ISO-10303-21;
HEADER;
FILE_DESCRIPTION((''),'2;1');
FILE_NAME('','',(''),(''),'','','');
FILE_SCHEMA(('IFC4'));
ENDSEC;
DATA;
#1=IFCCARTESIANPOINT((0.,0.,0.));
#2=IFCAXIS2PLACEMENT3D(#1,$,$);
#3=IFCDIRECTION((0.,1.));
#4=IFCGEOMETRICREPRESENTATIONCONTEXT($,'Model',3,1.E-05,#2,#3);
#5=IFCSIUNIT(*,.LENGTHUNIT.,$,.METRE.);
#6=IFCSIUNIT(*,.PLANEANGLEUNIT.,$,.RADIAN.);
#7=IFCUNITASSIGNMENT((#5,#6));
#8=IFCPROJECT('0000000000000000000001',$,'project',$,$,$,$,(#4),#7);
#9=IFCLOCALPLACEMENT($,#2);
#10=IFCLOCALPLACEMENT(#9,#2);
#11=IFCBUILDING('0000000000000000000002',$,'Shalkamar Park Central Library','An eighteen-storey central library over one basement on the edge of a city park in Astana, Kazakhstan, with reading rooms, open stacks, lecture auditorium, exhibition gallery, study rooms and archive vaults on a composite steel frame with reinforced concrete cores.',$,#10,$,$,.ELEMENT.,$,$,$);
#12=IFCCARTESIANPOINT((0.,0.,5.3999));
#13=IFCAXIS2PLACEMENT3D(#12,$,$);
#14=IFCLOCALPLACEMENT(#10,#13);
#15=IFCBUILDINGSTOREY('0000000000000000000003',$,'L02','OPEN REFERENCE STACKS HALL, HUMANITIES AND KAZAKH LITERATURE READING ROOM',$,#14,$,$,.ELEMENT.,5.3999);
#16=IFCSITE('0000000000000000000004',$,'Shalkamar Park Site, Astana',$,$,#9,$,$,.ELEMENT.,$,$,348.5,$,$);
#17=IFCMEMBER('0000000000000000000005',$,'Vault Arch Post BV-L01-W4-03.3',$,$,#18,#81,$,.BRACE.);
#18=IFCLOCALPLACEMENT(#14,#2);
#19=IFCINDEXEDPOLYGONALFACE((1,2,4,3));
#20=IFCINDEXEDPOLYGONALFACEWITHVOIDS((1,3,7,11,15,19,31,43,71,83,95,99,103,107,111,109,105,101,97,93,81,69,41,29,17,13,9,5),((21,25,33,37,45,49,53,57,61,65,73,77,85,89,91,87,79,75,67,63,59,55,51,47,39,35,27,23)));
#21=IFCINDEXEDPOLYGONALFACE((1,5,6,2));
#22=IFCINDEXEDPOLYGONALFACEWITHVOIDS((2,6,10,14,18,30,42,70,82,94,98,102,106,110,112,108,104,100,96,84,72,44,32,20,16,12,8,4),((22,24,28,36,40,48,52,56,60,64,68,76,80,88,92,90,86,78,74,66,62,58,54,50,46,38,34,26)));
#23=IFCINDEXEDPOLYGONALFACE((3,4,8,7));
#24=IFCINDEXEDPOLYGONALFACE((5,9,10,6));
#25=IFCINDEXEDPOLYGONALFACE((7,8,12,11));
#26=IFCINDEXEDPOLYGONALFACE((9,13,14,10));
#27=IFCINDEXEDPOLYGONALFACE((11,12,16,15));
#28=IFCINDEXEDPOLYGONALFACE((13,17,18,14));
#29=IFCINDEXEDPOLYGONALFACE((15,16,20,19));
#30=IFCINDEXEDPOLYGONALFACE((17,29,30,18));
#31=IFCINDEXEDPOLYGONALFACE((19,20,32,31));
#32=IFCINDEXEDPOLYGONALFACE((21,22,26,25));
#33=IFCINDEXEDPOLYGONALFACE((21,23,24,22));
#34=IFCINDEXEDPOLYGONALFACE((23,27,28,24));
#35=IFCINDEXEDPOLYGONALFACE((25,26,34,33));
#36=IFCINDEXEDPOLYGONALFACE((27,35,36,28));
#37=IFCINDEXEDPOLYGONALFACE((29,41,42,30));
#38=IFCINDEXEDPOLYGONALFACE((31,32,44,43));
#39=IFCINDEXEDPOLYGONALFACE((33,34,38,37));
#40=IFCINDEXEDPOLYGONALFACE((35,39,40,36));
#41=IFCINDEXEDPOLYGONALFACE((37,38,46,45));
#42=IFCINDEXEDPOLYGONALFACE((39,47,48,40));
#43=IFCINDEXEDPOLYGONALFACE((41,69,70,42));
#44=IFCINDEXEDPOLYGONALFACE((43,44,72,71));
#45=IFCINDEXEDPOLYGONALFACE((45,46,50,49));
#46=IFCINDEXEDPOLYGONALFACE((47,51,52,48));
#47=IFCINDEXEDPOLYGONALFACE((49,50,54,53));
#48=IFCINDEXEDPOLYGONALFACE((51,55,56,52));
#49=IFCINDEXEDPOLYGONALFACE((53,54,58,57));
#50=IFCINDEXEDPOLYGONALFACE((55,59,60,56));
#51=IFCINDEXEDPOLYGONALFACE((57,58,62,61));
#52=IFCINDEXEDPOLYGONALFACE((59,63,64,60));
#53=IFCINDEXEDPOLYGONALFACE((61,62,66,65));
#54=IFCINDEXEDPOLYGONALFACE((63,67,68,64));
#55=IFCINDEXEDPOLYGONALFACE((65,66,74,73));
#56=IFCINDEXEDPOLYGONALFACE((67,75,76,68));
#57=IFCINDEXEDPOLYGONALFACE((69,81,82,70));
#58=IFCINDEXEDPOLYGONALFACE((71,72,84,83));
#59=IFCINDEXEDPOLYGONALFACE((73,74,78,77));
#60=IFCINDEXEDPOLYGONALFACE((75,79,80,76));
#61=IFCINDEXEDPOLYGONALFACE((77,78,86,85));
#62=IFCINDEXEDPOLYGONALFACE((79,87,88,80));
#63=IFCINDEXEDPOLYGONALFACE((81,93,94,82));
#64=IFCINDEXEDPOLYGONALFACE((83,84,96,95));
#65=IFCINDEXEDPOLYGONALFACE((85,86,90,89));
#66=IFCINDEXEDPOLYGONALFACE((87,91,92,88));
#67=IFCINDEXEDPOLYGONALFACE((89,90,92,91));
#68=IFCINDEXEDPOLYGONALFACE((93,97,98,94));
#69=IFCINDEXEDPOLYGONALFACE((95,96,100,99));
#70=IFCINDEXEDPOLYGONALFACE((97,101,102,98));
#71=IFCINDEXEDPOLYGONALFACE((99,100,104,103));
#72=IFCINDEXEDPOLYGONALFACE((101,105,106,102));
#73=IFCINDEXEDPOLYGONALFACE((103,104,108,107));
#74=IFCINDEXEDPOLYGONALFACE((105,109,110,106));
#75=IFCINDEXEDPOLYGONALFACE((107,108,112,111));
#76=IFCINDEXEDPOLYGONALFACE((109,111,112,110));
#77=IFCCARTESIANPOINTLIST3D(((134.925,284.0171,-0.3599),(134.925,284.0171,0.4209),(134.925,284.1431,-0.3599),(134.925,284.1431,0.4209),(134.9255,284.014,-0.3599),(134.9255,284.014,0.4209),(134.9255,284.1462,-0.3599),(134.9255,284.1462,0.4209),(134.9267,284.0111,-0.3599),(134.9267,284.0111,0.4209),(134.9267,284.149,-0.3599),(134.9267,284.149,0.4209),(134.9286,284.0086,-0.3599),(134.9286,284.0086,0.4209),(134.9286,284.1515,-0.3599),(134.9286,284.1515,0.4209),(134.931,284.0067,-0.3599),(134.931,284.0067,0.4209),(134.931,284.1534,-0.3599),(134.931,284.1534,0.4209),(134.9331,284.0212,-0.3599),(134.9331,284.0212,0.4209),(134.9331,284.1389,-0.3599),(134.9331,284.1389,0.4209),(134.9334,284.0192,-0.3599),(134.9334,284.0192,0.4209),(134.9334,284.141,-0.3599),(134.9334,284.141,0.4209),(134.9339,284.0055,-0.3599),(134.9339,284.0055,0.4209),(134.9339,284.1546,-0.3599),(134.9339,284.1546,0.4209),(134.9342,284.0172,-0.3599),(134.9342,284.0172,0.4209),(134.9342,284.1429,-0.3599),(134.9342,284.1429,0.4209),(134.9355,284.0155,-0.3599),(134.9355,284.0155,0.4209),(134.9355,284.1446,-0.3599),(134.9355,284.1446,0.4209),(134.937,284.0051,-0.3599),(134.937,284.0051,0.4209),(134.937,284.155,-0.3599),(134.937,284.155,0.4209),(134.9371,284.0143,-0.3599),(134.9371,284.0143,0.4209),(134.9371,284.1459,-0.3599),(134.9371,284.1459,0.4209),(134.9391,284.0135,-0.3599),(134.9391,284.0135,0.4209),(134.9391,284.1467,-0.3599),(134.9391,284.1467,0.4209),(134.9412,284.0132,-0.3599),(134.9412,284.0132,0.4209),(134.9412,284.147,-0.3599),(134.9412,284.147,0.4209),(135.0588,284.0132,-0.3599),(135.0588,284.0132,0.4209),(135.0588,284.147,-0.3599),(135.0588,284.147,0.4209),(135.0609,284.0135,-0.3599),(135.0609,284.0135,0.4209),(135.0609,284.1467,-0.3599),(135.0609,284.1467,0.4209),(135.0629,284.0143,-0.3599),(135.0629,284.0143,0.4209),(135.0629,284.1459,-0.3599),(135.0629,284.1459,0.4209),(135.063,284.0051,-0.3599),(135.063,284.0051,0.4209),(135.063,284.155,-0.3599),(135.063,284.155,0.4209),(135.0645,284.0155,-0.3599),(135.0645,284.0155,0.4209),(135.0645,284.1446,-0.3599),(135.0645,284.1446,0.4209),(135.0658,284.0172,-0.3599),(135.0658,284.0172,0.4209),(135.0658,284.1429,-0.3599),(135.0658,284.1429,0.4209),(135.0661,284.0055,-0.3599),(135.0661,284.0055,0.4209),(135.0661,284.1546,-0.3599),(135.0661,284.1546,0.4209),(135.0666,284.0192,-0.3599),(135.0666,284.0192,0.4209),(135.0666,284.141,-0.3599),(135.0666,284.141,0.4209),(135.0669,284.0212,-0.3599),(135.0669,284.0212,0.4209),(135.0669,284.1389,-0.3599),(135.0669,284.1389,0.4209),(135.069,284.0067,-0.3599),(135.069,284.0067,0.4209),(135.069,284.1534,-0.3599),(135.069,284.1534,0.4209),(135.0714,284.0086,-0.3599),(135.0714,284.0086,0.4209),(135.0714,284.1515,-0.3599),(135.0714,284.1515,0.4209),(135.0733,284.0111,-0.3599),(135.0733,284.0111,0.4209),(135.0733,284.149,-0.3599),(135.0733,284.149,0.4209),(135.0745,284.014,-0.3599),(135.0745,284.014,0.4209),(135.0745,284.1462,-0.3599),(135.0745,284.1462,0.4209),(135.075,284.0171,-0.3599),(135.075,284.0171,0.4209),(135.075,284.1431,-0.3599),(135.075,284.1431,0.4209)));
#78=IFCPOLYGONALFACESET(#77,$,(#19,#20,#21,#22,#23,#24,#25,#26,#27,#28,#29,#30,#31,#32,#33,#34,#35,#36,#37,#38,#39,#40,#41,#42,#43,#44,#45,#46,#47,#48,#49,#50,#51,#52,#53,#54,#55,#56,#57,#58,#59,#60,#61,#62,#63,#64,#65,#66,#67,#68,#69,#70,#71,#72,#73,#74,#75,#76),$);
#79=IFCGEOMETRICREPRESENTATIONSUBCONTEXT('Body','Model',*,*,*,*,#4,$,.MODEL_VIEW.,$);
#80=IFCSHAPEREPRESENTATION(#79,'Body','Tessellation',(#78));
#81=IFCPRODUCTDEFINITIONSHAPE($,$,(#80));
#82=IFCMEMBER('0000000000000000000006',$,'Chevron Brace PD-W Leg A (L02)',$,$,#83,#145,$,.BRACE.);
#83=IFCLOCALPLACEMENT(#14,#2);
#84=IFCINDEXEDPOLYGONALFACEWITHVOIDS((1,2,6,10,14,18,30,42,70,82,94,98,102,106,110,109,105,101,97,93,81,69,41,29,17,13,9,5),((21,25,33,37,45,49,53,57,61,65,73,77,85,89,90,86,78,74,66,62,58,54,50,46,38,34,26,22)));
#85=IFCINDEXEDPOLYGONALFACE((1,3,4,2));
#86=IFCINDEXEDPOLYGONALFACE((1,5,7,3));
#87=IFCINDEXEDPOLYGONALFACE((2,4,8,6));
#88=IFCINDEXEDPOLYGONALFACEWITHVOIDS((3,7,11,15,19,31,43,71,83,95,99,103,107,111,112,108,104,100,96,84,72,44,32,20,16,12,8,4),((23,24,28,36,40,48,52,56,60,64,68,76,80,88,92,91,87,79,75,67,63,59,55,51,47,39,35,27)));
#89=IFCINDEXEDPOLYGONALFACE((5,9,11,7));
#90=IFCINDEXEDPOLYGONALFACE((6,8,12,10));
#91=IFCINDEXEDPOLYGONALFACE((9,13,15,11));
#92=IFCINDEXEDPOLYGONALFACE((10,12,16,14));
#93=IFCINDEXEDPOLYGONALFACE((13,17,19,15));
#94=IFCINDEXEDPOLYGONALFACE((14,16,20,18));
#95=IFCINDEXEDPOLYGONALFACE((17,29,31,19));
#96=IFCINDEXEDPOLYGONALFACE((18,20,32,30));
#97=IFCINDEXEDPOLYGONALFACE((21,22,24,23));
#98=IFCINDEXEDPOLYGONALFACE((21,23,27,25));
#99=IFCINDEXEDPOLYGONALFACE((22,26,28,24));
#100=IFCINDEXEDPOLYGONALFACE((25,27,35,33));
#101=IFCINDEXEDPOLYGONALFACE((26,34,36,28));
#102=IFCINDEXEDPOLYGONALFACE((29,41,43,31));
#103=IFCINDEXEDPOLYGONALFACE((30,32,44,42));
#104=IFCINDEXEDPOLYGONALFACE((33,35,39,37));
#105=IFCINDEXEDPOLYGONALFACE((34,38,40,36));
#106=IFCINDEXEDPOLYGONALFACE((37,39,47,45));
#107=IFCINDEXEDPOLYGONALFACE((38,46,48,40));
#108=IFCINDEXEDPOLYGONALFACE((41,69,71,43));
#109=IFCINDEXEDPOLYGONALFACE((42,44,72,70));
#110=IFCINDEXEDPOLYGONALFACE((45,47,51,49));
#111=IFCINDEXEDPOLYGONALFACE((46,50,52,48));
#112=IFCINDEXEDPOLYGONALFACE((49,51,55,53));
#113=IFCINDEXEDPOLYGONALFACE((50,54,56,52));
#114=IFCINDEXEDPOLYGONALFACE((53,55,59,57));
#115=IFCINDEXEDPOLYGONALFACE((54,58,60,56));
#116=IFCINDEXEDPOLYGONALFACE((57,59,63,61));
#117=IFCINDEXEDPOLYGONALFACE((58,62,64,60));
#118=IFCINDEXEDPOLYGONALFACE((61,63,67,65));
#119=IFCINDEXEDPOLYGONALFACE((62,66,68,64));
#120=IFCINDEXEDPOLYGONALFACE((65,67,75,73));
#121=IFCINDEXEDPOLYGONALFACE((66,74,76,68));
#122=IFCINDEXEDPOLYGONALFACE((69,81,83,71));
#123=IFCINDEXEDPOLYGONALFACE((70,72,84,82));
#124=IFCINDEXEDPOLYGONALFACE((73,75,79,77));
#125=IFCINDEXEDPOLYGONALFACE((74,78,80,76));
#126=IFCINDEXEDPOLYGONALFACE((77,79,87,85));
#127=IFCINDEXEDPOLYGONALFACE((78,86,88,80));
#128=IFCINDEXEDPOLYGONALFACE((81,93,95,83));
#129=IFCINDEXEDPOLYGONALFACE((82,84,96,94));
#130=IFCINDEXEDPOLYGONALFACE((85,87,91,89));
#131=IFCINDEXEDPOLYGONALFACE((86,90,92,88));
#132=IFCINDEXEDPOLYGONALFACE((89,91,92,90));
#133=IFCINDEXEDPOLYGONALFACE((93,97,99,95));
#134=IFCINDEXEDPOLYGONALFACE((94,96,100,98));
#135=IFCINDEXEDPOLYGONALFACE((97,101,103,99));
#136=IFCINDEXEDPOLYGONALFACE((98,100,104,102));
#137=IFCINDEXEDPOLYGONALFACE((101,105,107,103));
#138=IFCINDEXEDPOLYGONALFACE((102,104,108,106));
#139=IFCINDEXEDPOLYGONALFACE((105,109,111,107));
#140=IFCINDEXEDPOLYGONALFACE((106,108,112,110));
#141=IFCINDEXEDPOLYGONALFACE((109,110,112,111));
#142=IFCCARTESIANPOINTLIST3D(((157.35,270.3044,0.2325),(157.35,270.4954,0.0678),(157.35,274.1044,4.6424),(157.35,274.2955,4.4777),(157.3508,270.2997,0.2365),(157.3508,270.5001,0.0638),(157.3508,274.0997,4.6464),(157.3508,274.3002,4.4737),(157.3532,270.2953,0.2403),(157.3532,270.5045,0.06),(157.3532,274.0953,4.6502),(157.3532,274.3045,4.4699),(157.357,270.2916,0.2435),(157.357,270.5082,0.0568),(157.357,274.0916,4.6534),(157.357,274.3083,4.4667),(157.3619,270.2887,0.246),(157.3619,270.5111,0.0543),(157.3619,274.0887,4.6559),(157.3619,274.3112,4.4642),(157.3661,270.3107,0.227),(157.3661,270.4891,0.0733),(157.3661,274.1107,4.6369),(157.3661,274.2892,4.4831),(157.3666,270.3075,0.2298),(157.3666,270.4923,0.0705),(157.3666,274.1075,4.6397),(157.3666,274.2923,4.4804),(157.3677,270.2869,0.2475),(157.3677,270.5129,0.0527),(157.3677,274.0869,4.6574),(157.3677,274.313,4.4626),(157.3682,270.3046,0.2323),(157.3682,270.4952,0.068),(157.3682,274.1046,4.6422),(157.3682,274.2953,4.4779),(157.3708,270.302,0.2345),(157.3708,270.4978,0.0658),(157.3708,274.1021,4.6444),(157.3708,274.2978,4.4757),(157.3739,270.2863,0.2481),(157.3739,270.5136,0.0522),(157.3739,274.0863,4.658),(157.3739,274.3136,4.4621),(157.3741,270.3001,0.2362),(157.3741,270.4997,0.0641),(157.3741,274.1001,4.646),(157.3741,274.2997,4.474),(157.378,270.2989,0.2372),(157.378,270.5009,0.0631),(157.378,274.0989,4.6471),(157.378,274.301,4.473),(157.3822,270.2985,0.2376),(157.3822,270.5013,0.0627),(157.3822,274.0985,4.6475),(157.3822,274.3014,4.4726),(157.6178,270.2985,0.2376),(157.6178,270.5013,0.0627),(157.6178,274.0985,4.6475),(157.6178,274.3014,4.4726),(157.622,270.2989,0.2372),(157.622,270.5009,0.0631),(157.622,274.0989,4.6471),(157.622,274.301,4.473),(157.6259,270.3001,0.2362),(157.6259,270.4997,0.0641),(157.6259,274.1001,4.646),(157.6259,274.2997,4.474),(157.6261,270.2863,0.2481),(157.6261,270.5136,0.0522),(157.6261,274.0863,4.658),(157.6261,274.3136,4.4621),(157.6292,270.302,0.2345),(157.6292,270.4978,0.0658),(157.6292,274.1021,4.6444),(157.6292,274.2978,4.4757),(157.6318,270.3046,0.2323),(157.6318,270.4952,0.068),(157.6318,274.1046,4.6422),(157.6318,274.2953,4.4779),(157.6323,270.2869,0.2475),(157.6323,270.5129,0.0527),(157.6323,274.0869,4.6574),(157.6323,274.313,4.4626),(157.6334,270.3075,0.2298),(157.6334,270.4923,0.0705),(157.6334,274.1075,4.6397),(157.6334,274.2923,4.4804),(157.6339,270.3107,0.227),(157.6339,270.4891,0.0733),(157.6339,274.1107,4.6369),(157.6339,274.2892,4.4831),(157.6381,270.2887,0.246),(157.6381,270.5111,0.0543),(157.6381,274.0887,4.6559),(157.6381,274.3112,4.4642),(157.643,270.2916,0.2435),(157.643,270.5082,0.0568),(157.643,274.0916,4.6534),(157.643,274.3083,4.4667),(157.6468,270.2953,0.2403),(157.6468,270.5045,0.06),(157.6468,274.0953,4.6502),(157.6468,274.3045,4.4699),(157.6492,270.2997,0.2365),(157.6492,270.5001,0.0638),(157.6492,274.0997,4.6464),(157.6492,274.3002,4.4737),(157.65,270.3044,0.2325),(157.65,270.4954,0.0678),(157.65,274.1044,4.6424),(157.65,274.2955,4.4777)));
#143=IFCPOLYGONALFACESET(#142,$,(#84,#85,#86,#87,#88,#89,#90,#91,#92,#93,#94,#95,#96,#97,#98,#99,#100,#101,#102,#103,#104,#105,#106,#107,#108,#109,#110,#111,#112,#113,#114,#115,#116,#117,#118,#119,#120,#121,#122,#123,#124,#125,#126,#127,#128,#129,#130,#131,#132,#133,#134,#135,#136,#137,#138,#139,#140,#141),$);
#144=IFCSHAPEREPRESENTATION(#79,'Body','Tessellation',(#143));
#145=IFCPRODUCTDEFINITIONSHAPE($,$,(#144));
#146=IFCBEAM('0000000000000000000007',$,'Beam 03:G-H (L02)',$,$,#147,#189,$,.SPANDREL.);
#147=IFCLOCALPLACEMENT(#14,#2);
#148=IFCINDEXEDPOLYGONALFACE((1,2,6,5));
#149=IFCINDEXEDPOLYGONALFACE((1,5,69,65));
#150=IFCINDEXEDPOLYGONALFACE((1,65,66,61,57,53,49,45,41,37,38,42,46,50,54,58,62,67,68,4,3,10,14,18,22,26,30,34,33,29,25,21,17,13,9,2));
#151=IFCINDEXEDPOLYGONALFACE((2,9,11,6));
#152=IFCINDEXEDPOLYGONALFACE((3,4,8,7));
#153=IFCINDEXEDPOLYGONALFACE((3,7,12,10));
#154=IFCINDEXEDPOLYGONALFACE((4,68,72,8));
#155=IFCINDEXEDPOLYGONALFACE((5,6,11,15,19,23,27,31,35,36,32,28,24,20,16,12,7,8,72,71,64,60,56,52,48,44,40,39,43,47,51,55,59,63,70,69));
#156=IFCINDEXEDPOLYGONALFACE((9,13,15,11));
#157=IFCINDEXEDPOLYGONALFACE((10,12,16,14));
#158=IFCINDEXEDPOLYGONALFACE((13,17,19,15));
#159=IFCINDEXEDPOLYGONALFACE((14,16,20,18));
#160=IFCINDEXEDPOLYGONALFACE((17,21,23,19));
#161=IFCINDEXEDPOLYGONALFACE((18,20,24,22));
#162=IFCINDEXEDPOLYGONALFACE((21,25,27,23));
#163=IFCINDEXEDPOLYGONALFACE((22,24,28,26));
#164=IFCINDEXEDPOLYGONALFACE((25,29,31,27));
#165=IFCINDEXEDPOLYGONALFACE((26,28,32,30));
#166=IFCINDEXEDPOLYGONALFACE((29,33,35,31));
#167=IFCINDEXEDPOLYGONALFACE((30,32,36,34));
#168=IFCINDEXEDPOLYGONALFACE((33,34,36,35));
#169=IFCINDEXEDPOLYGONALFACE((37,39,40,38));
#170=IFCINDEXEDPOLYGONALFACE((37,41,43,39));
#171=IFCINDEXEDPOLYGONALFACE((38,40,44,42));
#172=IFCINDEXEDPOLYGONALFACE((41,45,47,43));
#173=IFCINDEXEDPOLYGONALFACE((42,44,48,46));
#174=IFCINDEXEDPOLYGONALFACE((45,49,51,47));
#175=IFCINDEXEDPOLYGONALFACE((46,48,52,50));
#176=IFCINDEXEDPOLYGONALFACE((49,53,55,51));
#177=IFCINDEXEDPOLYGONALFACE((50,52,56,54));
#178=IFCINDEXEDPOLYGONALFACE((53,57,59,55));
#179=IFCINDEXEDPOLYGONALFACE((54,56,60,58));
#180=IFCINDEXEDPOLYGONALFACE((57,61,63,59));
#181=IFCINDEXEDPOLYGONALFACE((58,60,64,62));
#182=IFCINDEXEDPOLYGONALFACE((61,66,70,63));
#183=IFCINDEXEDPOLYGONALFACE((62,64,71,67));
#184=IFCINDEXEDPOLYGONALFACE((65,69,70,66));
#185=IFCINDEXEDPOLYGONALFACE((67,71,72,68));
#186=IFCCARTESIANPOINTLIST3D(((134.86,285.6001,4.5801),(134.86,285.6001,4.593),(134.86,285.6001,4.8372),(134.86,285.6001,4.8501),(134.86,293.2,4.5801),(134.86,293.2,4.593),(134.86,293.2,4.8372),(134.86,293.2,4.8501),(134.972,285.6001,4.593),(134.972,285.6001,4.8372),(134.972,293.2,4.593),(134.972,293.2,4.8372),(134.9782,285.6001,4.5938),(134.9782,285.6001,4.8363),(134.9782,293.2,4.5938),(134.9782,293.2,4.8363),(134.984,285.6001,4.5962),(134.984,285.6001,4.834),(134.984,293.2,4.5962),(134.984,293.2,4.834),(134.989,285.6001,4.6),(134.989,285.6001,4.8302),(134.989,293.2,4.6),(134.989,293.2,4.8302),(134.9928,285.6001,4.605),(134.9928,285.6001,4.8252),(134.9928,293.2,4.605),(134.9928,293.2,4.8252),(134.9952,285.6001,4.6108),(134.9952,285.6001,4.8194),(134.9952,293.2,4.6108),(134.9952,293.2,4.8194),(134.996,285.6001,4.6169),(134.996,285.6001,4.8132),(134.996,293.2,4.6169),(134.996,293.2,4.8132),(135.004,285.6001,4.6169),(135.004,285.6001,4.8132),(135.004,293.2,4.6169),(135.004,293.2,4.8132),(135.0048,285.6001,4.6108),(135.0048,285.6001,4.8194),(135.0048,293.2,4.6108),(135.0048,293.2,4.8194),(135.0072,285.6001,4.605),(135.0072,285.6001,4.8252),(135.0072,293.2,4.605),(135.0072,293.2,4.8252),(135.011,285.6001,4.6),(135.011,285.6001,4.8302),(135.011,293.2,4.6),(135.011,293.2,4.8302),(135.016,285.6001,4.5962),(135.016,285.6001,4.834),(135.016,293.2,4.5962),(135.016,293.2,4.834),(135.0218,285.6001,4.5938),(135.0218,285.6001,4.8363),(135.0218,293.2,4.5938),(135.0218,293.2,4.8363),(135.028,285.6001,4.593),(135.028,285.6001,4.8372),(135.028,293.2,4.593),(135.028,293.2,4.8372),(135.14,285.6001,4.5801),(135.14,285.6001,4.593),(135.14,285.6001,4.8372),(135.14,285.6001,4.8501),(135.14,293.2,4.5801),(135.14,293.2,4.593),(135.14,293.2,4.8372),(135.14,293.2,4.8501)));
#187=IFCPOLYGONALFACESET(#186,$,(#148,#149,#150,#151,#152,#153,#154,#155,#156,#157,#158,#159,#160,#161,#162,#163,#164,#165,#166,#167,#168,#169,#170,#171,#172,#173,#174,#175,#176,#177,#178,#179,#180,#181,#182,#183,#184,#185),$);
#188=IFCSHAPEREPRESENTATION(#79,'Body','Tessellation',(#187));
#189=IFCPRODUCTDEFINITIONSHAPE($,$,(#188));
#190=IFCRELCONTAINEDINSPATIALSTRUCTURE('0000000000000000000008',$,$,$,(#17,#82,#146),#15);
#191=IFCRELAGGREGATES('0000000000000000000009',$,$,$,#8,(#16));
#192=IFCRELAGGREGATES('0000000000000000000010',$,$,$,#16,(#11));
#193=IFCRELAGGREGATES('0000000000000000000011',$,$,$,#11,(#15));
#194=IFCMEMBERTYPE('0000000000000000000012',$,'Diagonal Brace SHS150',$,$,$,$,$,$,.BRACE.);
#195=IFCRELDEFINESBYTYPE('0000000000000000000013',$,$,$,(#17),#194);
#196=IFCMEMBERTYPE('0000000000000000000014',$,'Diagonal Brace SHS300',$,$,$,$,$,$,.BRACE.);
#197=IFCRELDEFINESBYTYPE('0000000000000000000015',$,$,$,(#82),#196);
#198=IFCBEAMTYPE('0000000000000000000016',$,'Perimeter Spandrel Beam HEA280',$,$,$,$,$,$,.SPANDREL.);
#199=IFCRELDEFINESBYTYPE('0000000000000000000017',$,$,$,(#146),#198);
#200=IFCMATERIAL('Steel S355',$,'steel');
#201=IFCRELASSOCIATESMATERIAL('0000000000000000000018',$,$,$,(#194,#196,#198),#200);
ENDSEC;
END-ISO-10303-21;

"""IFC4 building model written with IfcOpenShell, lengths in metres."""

from ifc_helpers import new_model, si_unit, direction, frame, origin, origin_2d, place, context, subcontext, project, spatial, hollow_rectangle, i_section, extrude, material, material_profile, profile_set, type_object, element, save


model = new_model("IFC4")

# Units and contexts
model_context = context("Model", 3, precision=1e-05, world=origin(), true_north=direction((0.0, 1.0)))
body_context = subcontext(model_context, "Body", "Model", "MODEL_VIEW")
ifc_project = project(units=[si_unit("LENGTHUNIT", "METRE"), si_unit("PLANEANGLEUNIT", "RADIAN")], contexts=[model_context])

# Site, building, storey
site_placement = place(None, origin())
site = spatial("IfcSite", under=ifc_project, at=site_placement, Name="Shalkamar Park Site, Astana", CompositionType="ELEMENT", RefElevation=348.5)
building_placement = place(site_placement, origin())
building = spatial("IfcBuilding", under=site, at=building_placement, Name="Shalkamar Park Central Library", Description="An eighteen-storey central library over one basement on the edge of a city park in Astana, Kazakhstan, with reading rooms, open stacks, lecture auditorium, exhibition gallery, study rooms and archive vaults on a composite steel frame with reinforced concrete cores.", CompositionType="ELEMENT")
storey_placement = place(building_placement, frame((0.0, 0.0, 5.3999)))
storey = spatial("IfcBuildingStorey", under=building, at=storey_placement, Name="L02", Description="OPEN REFERENCE STACKS HALL, HUMANITIES AND KAZAKH LITERATURE READING ROOM", CompositionType="ELEMENT", Elevation=5.3999)

# Shared definitions
ifc_material_1 = material(Name="Steel S355", Category="steel")

# Members
ifc_material_profile_1 = material_profile(ifc_material_1, hollow_rectangle(XDim=0.1499, YDim=0.1499, WallThickness=0.0081, InnerFilletRadius=0.0081, OuterFilletRadius=0.012, at=origin_2d()), Name="SHS 150x150x8")
ifc_profile_set_1 = profile_set([ifc_material_profile_1], Name="Steel S355")
member_type_1 = type_object("IfcMemberType", Name="Diagonal Brace SHS150", PredefinedType="BRACE", material=ifc_profile_set_1)
member_1_placement = place(storey_placement, frame((135.0, 284.0801, -0.3599), z_axis=(0.0, 0.0, 1.0), x_axis=(1.0, 0.0, 0.0)))
element("IfcMember", 1, at=member_1_placement, inside=storey, type_object=member_type_1, Name="Vault Arch Post BV-L01-W4-03.3", PredefinedType="BRACE", context=body_context, shape_type="SweptSolid", body=[
    extrude(hollow_rectangle(XDim=0.1499, YDim=0.1499, WallThickness=0.0081, InnerFilletRadius=0.0081, OuterFilletRadius=0.012, at=origin_2d()), origin(), (0.0, 0.0, 1.0), 0.7808),
])
ifc_material_profile_2 = material_profile(ifc_material_1, hollow_rectangle(XDim=0.3, YDim=0.3, WallThickness=0.0161, InnerFilletRadius=0.0161, OuterFilletRadius=0.0239, at=origin_2d()), Name="SHS 300x300x16")
ifc_profile_set_2 = profile_set([ifc_material_profile_2], Name="Steel S355")
member_type_2 = type_object("IfcMemberType", Name="Diagonal Brace SHS300", PredefinedType="BRACE", material=ifc_profile_set_2)
member_2_placement = place(storey_placement, frame((157.5, 270.3999, 0.1501), z_axis=(0.0, 0.652782, 0.757546), x_axis=(-1.0, 0.0, 0.0)))
element("IfcMember", 2, at=member_2_placement, inside=storey, type_object=member_type_2, Name="Chevron Brace PD-W Leg A (L02)", PredefinedType="BRACE", context=body_context, shape_type="SweptSolid", body=[
    extrude(hollow_rectangle(XDim=0.3, YDim=0.3, WallThickness=0.0161, InnerFilletRadius=0.0161, OuterFilletRadius=0.0239, at=origin_2d()), origin(), (0.0, 0.0, 1.0), 5.8213),
])

# Beam
ifc_material_profile_3 = material_profile(ifc_material_1, i_section(OverallWidth=0.28, OverallDepth=0.27, WebThickness=0.0081, FlangeThickness=0.0129, FilletRadius=0.0239, at=origin_2d()), Name="HEA 280")
ifc_profile_set_3 = profile_set([ifc_material_profile_3], Name="Steel S355")
beam_type_1 = type_object("IfcBeamType", Name="Perimeter Spandrel Beam HEA280", PredefinedType="SPANDREL", material=ifc_profile_set_3)
beam_1_placement = place(storey_placement, frame((135.0, 285.6001, 4.7151), z_axis=(0.0, 1.0, 0.0), x_axis=(-1.0, 0.0, 0.0)))
element("IfcBeam", 3, at=beam_1_placement, inside=storey, type_object=beam_type_1, Name="Beam 03:G-H (L02)", PredefinedType="SPANDREL", context=body_context, shape_type="SweptSolid", body=[
    extrude(i_section(OverallWidth=0.28, OverallDepth=0.27, WebThickness=0.0081, FlangeThickness=0.0129, FilletRadius=0.0239, at=origin_2d()), origin(), (0.0, 0.0, 1.0), 7.5999),
])

save(model, "model.ifc")
